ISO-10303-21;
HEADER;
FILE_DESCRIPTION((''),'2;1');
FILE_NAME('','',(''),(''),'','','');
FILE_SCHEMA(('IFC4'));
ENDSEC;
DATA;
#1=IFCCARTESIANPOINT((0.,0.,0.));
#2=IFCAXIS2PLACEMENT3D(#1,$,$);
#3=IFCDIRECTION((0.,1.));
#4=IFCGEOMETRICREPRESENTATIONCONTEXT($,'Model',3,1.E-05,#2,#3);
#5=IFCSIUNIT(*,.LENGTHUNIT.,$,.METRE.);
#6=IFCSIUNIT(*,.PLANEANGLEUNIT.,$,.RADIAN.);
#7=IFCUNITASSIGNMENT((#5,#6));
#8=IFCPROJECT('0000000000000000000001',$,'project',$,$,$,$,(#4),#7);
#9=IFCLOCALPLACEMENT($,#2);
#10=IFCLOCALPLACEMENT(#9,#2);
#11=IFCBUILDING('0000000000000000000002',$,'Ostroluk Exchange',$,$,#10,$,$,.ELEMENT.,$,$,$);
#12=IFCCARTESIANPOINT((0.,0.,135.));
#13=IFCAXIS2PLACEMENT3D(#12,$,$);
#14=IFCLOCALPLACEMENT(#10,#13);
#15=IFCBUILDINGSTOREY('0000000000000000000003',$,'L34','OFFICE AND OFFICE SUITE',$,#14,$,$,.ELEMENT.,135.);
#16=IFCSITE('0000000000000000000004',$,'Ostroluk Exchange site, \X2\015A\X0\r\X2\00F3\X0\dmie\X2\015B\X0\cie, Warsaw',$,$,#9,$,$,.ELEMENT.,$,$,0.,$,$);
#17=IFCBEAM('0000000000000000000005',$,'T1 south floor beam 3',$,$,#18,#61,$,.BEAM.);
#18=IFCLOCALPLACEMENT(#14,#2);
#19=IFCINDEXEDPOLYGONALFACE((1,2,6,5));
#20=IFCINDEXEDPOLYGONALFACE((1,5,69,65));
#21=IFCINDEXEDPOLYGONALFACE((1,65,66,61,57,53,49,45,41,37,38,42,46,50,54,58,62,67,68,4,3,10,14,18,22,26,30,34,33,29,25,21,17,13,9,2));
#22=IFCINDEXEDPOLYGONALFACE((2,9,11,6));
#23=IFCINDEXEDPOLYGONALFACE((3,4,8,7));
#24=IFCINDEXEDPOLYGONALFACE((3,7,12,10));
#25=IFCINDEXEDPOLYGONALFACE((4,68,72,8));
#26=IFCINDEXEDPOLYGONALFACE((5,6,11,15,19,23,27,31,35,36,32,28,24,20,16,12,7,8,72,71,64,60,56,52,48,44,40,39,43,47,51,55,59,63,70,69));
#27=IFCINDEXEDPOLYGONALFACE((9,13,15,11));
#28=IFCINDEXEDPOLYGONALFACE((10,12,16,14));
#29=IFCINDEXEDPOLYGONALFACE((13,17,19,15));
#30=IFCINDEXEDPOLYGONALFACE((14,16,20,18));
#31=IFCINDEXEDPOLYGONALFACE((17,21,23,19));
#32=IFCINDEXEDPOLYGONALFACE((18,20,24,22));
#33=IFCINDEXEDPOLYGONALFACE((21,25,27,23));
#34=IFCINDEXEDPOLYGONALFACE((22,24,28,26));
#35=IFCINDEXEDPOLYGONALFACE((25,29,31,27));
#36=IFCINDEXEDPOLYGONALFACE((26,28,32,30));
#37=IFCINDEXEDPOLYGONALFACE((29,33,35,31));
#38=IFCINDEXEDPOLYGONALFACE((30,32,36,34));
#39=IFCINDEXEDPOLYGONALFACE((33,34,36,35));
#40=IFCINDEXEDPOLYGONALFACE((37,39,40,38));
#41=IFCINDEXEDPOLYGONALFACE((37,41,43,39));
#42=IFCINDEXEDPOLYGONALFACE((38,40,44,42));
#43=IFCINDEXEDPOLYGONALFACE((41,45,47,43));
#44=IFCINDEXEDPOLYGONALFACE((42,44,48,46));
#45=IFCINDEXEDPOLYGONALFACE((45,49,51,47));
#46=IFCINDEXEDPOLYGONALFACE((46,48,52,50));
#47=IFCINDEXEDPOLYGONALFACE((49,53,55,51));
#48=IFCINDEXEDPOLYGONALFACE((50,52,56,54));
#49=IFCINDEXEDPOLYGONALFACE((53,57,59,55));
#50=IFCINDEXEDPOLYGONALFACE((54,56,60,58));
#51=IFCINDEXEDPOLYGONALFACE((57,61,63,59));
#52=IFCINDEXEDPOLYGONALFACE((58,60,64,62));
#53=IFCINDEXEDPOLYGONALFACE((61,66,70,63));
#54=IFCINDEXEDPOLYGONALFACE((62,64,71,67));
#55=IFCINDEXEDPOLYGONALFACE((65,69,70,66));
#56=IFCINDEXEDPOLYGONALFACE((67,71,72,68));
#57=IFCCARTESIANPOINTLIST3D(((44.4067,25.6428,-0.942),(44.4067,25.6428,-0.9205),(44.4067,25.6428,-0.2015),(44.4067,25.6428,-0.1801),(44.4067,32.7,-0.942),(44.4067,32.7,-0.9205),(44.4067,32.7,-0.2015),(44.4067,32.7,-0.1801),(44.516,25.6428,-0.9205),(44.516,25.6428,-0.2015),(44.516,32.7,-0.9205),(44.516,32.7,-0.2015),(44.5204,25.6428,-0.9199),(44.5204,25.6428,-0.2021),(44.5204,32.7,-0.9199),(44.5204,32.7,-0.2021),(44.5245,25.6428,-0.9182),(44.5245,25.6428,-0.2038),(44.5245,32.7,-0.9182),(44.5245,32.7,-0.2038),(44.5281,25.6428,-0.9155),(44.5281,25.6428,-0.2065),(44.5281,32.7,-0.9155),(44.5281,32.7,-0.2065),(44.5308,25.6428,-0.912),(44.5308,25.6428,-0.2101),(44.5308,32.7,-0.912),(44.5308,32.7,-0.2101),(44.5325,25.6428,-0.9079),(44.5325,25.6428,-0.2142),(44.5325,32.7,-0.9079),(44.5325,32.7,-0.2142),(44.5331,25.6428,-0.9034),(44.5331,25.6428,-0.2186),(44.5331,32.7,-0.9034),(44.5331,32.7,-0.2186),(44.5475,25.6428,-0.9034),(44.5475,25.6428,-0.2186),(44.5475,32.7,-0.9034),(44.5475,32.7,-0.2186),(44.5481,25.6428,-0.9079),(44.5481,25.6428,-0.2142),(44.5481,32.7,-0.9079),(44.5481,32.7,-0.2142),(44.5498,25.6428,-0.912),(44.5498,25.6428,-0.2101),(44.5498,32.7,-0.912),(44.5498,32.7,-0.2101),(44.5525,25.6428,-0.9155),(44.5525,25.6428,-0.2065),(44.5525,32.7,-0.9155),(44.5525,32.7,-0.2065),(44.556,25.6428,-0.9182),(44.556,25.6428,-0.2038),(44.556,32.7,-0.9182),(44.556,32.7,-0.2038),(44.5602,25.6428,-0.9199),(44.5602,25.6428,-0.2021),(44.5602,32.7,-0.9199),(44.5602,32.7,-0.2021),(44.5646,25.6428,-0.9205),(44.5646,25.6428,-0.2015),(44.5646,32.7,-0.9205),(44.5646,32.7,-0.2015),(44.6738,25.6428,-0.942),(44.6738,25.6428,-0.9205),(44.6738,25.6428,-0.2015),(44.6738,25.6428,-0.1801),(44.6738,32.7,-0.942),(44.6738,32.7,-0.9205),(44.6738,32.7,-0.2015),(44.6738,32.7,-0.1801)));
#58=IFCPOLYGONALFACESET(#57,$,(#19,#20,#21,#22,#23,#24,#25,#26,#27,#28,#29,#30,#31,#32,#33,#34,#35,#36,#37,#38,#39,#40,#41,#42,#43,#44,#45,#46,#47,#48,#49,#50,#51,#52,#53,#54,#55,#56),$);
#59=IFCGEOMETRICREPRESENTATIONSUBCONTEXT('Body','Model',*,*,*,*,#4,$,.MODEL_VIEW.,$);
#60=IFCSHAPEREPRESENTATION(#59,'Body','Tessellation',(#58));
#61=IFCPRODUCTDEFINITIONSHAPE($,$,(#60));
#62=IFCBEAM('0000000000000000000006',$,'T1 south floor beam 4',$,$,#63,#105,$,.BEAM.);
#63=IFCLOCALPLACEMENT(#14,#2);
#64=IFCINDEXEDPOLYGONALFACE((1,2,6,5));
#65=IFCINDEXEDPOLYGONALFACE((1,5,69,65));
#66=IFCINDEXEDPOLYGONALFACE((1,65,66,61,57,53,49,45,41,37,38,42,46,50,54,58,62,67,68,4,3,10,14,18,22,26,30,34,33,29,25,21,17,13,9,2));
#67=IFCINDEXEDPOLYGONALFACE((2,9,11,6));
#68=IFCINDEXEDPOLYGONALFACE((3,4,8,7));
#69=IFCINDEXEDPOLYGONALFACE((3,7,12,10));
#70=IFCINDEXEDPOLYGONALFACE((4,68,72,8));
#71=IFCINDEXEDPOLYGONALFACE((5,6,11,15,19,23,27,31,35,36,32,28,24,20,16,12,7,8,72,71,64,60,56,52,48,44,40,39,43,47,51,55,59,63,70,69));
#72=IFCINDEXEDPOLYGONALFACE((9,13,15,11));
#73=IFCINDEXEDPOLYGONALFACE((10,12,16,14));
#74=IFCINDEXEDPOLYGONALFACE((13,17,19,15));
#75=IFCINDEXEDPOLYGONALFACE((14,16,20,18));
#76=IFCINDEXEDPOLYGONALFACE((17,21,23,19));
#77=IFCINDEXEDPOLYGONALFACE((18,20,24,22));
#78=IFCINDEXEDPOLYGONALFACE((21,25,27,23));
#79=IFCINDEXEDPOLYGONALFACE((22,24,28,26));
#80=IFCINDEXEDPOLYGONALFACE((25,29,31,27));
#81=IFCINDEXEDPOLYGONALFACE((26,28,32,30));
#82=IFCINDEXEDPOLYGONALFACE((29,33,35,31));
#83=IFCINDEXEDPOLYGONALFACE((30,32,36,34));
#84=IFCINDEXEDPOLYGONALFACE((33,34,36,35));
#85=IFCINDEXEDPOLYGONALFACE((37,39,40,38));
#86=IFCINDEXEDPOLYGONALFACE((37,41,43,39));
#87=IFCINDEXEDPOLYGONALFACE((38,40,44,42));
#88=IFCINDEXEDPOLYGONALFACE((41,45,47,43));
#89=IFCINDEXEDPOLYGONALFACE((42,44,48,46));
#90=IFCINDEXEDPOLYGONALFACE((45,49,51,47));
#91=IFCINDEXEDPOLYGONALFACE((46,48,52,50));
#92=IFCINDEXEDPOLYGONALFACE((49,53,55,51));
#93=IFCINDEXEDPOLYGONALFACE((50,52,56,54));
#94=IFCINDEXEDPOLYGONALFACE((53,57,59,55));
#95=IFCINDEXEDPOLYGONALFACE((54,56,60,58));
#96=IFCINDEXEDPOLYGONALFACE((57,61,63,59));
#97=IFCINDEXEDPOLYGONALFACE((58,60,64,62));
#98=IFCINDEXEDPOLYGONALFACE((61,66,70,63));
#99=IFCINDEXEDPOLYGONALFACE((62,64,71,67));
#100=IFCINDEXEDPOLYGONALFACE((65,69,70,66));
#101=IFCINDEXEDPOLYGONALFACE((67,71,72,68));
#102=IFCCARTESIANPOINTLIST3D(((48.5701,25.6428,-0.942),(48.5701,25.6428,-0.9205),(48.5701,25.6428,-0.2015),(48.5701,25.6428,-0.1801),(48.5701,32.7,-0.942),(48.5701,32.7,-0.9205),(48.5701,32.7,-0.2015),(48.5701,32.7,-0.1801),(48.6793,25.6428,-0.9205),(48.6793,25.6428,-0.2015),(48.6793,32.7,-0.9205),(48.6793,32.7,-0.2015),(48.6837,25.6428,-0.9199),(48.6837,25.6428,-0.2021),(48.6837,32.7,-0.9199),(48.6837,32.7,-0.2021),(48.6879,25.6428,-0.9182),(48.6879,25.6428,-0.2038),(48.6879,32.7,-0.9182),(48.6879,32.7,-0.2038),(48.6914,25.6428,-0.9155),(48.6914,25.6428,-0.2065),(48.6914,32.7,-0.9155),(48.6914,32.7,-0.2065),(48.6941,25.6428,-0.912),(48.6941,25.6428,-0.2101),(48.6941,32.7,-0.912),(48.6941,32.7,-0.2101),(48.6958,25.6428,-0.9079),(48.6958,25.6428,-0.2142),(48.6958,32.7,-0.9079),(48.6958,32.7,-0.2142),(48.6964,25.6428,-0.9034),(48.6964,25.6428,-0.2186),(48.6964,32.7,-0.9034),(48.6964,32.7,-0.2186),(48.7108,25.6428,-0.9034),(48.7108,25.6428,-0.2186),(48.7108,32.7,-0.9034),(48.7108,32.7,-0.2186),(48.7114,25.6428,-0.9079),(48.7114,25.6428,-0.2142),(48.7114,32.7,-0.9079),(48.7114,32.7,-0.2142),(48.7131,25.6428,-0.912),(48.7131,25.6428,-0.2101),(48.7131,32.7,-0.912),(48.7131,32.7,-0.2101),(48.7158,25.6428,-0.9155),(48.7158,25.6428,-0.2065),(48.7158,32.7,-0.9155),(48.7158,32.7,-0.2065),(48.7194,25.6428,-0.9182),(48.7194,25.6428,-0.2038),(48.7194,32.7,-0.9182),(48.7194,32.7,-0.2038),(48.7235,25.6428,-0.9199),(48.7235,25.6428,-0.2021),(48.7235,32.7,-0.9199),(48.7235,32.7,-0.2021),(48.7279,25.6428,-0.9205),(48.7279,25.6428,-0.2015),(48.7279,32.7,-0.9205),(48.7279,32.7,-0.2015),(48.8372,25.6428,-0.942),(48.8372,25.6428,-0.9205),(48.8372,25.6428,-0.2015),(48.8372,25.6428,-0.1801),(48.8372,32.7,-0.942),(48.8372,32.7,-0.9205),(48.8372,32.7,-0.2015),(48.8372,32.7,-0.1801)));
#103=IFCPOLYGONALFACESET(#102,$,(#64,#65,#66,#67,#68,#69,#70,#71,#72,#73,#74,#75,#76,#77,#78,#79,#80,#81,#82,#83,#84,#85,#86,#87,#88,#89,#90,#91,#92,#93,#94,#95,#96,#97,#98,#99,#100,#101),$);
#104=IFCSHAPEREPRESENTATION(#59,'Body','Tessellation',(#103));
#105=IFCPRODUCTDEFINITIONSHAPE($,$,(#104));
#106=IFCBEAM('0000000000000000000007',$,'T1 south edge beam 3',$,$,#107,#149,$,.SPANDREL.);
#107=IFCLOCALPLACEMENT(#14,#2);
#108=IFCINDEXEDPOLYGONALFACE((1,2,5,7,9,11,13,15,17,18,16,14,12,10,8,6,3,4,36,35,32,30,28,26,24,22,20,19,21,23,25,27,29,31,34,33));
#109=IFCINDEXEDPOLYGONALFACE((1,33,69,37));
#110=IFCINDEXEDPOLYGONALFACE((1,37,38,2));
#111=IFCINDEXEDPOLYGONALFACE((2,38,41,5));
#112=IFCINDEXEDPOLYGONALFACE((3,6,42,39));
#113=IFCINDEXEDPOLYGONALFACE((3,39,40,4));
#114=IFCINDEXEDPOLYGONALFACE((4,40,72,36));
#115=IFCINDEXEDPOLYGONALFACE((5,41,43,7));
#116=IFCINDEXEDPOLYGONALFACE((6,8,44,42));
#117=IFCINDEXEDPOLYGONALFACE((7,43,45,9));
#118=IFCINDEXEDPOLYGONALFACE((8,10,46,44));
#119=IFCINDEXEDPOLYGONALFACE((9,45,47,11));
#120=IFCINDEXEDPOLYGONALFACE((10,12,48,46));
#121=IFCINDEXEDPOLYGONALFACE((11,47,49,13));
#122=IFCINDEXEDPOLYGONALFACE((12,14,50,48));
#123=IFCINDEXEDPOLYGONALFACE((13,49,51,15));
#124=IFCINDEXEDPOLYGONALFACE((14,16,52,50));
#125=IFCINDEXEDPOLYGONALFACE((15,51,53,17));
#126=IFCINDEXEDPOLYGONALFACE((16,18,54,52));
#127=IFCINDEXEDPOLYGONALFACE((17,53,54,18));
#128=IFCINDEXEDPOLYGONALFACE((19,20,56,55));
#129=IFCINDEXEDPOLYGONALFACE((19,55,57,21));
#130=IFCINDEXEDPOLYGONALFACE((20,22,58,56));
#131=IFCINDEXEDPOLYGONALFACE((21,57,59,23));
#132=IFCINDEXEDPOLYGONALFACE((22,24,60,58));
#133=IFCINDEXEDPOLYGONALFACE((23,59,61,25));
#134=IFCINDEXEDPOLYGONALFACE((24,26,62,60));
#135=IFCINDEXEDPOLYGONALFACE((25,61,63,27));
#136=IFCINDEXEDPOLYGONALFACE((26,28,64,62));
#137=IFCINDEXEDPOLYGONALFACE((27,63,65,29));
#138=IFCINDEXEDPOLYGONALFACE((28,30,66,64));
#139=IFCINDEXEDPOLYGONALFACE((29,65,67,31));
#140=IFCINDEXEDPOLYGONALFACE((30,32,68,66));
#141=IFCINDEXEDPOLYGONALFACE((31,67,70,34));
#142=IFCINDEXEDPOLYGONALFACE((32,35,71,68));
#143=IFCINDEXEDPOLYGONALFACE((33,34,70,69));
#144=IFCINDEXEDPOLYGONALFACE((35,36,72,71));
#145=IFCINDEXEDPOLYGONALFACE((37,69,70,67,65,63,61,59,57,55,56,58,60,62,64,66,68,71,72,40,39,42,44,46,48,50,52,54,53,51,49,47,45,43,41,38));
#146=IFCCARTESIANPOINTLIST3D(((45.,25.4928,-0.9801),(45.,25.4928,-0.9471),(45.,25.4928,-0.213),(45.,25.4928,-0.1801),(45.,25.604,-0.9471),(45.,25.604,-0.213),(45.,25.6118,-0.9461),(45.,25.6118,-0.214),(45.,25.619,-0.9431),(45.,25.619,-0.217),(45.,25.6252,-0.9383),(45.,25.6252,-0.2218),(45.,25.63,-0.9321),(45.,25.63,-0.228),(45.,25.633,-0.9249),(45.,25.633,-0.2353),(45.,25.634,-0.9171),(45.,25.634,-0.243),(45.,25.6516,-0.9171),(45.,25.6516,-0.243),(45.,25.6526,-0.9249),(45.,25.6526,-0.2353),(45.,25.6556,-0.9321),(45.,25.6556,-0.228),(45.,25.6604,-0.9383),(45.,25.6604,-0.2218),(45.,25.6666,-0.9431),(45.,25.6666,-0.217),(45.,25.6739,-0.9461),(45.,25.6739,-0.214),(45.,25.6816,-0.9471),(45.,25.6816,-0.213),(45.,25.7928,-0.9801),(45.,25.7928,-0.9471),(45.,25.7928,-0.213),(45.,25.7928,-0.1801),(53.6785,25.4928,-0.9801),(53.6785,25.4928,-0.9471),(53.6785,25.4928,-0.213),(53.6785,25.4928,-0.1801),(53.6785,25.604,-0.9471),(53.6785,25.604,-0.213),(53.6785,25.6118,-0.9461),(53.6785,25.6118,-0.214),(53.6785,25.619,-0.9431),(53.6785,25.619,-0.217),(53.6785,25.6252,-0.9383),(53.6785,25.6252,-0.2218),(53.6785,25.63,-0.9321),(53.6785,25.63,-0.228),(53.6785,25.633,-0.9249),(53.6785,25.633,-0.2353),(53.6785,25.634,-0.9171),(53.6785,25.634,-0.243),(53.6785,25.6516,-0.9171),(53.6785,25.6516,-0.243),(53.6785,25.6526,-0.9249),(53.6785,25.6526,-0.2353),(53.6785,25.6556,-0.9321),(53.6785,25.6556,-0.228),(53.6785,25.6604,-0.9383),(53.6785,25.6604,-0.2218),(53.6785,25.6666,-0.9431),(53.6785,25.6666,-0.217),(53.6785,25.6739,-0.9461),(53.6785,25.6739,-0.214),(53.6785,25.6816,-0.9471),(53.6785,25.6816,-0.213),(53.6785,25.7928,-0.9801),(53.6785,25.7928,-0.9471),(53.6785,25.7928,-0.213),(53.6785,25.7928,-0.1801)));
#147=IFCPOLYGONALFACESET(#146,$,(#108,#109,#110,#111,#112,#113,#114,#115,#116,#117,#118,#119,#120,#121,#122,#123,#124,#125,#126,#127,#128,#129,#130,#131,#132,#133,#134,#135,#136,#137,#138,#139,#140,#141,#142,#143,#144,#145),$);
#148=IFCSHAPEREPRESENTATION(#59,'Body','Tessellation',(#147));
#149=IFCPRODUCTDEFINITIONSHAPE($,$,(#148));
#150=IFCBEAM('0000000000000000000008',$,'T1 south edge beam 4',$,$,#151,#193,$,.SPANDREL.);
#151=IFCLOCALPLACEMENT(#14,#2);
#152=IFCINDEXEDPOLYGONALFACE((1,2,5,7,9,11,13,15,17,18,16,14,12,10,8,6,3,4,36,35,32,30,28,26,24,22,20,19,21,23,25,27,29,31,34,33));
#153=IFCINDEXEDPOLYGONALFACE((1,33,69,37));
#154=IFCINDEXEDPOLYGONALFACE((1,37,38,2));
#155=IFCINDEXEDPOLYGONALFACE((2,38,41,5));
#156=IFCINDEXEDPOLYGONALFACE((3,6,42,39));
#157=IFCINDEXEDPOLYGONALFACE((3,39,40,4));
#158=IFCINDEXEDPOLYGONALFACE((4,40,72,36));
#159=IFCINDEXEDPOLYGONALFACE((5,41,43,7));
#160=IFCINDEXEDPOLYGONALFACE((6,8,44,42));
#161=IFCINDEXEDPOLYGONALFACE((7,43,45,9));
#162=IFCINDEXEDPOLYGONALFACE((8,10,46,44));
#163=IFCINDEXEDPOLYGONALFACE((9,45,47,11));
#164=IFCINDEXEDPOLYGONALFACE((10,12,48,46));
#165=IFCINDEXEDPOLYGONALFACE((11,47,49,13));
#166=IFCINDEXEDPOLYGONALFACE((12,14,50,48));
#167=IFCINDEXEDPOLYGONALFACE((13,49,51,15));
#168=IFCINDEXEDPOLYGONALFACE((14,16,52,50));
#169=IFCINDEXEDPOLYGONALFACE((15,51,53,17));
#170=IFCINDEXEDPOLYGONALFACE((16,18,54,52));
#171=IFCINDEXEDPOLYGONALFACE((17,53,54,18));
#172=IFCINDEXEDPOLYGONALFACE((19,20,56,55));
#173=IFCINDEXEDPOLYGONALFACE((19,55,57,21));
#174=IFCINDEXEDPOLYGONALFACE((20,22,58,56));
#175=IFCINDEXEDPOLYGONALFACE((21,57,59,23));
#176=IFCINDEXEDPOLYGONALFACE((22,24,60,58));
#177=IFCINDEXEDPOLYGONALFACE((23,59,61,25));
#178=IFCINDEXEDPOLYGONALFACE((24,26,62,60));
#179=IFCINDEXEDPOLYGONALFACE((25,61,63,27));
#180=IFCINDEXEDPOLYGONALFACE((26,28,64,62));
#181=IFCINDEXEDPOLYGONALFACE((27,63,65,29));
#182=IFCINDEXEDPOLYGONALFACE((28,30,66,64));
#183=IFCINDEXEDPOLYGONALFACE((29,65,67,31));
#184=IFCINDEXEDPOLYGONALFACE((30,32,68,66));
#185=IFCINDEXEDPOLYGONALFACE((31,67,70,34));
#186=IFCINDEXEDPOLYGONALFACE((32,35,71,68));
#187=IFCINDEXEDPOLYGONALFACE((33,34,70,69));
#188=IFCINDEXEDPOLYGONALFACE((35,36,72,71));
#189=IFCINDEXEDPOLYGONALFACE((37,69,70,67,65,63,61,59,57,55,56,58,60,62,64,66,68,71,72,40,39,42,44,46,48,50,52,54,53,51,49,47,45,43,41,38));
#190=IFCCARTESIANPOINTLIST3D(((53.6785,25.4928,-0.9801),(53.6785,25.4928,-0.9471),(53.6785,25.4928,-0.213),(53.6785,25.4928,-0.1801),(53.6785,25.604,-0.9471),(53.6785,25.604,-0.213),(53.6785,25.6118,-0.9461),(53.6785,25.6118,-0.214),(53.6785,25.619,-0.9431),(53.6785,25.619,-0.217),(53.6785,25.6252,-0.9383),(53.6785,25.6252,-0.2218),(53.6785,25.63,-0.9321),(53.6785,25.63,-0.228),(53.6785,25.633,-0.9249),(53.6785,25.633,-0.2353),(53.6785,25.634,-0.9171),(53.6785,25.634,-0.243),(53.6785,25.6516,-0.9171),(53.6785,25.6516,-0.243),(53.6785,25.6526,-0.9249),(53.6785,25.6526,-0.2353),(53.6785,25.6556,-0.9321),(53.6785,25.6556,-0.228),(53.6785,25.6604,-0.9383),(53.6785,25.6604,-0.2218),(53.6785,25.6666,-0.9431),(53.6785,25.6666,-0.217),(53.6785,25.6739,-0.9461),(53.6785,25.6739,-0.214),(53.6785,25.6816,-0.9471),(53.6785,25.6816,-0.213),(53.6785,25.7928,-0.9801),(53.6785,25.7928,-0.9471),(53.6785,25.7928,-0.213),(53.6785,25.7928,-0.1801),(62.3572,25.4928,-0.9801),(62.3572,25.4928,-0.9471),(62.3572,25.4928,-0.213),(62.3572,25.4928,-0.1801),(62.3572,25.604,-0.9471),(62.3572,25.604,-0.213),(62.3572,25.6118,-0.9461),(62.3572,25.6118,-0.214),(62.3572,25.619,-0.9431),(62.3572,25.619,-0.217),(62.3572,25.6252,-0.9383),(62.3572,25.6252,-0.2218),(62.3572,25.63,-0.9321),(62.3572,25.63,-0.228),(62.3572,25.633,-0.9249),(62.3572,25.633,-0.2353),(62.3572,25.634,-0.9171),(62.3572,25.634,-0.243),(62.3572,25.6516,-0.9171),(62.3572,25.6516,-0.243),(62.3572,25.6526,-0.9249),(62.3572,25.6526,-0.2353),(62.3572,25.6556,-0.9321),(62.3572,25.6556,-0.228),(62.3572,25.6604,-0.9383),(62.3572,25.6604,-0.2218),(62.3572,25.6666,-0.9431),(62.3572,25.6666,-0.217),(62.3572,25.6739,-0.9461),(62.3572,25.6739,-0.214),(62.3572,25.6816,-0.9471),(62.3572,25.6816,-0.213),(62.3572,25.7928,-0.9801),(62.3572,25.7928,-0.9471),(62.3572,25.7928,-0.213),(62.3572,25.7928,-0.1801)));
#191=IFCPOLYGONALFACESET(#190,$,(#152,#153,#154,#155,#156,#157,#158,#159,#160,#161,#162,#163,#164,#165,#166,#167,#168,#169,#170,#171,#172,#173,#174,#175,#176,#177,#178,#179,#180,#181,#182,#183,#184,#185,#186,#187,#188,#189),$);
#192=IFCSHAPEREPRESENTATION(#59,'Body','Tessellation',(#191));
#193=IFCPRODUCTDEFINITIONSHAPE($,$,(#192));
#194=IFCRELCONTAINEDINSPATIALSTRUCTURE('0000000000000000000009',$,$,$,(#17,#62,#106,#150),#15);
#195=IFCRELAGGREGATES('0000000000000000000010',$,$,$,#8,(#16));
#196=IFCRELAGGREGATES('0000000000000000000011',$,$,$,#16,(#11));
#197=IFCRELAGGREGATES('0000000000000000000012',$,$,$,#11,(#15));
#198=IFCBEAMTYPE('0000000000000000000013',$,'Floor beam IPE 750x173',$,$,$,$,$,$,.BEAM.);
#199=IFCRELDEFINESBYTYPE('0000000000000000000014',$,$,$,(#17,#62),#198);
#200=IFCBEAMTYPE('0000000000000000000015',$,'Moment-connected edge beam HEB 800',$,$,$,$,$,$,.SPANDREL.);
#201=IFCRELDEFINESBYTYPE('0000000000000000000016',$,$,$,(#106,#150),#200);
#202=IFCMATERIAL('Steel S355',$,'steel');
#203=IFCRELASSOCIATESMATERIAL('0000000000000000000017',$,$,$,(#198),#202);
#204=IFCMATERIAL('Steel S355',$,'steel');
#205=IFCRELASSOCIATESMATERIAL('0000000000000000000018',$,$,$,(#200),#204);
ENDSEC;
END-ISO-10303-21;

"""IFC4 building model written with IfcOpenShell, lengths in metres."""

from ifc_helpers import new_model, si_unit, direction, frame, origin, origin_2d, place, context, subcontext, project, spatial, i_section, extrude, material, material_profile, profile_set, type_object, element, save


model = new_model("IFC4")

# Units and contexts
model_context = context("Model", 3, precision=1e-05, world=origin(), true_north=direction((0.0, 1.0)))
body_context = subcontext(model_context, "Body", "Model", "MODEL_VIEW")
ifc_project = project(units=[si_unit("LENGTHUNIT", "METRE"), si_unit("PLANEANGLEUNIT", "RADIAN")], contexts=[model_context])

# Site, building, storey
site_placement = place(None, origin())
site = spatial("IfcSite", under=ifc_project, at=site_placement, Name="Ostroluk Exchange site, Śródmieście, Warsaw", CompositionType="ELEMENT", RefElevation=0.0)
building_placement = place(site_placement, origin())
building = spatial("IfcBuilding", under=site, at=building_placement, Name="Ostroluk Exchange", CompositionType="ELEMENT")
storey_placement = place(building_placement, frame((0.0, 0.0, 135.0)))
storey = spatial("IfcBuildingStorey", under=building, at=storey_placement, Name="L34", Description="OFFICE AND OFFICE SUITE", CompositionType="ELEMENT", Elevation=135.0)

# Beams
ifc_material_1 = material(Name="Steel S355", Category="steel")
ifc_material_profile_1 = material_profile(ifc_material_1, i_section(OverallWidth=0.2671, OverallDepth=0.762, WebThickness=0.0144, FlangeThickness=0.0215, FilletRadius=0.0171, at=origin_2d()), Name="IPE 750x173")
ifc_profile_set_1 = profile_set([ifc_material_profile_1], Name="Steel S355")
beam_type_1 = type_object("IfcBeamType", Name="Floor beam IPE 750x173", PredefinedType="BEAM", material=ifc_profile_set_1)
for number, where, z_axis, x_axis, name in (
    (1, (44.5403, 32.7, -0.561), (0.0, -1.0, 0.0), (1.0, 0.0, 0.0), "T1 south floor beam 3"),
    (2, (48.7036, 32.7, -0.561), (0.0, -1.0, 0.0), (1.0, 0.0, 0.0), "T1 south floor beam 4"),
):
    element("IfcBeam", number, at=place(storey_placement, frame(where, z_axis=z_axis, x_axis=x_axis)), inside=storey, type_object=beam_type_1, Name=name, PredefinedType="BEAM", context=body_context, shape_type="SweptSolid", body=[
        extrude(i_section(OverallWidth=0.2671, OverallDepth=0.762, WebThickness=0.0144, FlangeThickness=0.0215, FilletRadius=0.0171, at=origin_2d()), origin(), (0.0, 0.0, 1.0), 7.0571),
    ])
ifc_material_2 = material(Name="Steel S355", Category="steel")
ifc_material_profile_2 = material_profile(ifc_material_2, i_section(OverallWidth=0.3, OverallDepth=0.8, WebThickness=0.0176, FlangeThickness=0.033, FilletRadius=0.03, at=origin_2d()), Name="HEB 800")
ifc_profile_set_2 = profile_set([ifc_material_profile_2], Name="Steel S355")
beam_type_2 = type_object("IfcBeamType", Name="Moment-connected edge beam HEB 800", PredefinedType="SPANDREL", material=ifc_profile_set_2)
beam_1_placement = place(storey_placement, frame((45.0, 25.6428, -0.5801), z_axis=(1.0, 0.0, 0.0), x_axis=(0.0, 1.0, 0.0)))
element("IfcBeam", 3, at=beam_1_placement, inside=storey, type_object=beam_type_2, Name="T1 south edge beam 3", PredefinedType="SPANDREL", context=body_context, shape_type="SweptSolid", body=[
    extrude(i_section(OverallWidth=0.3, OverallDepth=0.8, WebThickness=0.0176, FlangeThickness=0.033, FilletRadius=0.03, at=origin_2d()), origin(), (0.0, 0.0, 1.0), 8.6785),
])
beam_2_placement = place(storey_placement, frame((53.6785, 25.6428, -0.5801), z_axis=(1.0, 0.0, 0.0), x_axis=(0.0, 1.0, 0.0)))
element("IfcBeam", 4, at=beam_2_placement, inside=storey, type_object=beam_type_2, Name="T1 south edge beam 4", PredefinedType="SPANDREL", context=body_context, shape_type="SweptSolid", body=[
    extrude(i_section(OverallWidth=0.3, OverallDepth=0.8, WebThickness=0.0176, FlangeThickness=0.033, FilletRadius=0.03, at=origin_2d()), origin(), (0.0, 0.0, 1.0), 8.6787),
])

save(model, "model.ifc")
